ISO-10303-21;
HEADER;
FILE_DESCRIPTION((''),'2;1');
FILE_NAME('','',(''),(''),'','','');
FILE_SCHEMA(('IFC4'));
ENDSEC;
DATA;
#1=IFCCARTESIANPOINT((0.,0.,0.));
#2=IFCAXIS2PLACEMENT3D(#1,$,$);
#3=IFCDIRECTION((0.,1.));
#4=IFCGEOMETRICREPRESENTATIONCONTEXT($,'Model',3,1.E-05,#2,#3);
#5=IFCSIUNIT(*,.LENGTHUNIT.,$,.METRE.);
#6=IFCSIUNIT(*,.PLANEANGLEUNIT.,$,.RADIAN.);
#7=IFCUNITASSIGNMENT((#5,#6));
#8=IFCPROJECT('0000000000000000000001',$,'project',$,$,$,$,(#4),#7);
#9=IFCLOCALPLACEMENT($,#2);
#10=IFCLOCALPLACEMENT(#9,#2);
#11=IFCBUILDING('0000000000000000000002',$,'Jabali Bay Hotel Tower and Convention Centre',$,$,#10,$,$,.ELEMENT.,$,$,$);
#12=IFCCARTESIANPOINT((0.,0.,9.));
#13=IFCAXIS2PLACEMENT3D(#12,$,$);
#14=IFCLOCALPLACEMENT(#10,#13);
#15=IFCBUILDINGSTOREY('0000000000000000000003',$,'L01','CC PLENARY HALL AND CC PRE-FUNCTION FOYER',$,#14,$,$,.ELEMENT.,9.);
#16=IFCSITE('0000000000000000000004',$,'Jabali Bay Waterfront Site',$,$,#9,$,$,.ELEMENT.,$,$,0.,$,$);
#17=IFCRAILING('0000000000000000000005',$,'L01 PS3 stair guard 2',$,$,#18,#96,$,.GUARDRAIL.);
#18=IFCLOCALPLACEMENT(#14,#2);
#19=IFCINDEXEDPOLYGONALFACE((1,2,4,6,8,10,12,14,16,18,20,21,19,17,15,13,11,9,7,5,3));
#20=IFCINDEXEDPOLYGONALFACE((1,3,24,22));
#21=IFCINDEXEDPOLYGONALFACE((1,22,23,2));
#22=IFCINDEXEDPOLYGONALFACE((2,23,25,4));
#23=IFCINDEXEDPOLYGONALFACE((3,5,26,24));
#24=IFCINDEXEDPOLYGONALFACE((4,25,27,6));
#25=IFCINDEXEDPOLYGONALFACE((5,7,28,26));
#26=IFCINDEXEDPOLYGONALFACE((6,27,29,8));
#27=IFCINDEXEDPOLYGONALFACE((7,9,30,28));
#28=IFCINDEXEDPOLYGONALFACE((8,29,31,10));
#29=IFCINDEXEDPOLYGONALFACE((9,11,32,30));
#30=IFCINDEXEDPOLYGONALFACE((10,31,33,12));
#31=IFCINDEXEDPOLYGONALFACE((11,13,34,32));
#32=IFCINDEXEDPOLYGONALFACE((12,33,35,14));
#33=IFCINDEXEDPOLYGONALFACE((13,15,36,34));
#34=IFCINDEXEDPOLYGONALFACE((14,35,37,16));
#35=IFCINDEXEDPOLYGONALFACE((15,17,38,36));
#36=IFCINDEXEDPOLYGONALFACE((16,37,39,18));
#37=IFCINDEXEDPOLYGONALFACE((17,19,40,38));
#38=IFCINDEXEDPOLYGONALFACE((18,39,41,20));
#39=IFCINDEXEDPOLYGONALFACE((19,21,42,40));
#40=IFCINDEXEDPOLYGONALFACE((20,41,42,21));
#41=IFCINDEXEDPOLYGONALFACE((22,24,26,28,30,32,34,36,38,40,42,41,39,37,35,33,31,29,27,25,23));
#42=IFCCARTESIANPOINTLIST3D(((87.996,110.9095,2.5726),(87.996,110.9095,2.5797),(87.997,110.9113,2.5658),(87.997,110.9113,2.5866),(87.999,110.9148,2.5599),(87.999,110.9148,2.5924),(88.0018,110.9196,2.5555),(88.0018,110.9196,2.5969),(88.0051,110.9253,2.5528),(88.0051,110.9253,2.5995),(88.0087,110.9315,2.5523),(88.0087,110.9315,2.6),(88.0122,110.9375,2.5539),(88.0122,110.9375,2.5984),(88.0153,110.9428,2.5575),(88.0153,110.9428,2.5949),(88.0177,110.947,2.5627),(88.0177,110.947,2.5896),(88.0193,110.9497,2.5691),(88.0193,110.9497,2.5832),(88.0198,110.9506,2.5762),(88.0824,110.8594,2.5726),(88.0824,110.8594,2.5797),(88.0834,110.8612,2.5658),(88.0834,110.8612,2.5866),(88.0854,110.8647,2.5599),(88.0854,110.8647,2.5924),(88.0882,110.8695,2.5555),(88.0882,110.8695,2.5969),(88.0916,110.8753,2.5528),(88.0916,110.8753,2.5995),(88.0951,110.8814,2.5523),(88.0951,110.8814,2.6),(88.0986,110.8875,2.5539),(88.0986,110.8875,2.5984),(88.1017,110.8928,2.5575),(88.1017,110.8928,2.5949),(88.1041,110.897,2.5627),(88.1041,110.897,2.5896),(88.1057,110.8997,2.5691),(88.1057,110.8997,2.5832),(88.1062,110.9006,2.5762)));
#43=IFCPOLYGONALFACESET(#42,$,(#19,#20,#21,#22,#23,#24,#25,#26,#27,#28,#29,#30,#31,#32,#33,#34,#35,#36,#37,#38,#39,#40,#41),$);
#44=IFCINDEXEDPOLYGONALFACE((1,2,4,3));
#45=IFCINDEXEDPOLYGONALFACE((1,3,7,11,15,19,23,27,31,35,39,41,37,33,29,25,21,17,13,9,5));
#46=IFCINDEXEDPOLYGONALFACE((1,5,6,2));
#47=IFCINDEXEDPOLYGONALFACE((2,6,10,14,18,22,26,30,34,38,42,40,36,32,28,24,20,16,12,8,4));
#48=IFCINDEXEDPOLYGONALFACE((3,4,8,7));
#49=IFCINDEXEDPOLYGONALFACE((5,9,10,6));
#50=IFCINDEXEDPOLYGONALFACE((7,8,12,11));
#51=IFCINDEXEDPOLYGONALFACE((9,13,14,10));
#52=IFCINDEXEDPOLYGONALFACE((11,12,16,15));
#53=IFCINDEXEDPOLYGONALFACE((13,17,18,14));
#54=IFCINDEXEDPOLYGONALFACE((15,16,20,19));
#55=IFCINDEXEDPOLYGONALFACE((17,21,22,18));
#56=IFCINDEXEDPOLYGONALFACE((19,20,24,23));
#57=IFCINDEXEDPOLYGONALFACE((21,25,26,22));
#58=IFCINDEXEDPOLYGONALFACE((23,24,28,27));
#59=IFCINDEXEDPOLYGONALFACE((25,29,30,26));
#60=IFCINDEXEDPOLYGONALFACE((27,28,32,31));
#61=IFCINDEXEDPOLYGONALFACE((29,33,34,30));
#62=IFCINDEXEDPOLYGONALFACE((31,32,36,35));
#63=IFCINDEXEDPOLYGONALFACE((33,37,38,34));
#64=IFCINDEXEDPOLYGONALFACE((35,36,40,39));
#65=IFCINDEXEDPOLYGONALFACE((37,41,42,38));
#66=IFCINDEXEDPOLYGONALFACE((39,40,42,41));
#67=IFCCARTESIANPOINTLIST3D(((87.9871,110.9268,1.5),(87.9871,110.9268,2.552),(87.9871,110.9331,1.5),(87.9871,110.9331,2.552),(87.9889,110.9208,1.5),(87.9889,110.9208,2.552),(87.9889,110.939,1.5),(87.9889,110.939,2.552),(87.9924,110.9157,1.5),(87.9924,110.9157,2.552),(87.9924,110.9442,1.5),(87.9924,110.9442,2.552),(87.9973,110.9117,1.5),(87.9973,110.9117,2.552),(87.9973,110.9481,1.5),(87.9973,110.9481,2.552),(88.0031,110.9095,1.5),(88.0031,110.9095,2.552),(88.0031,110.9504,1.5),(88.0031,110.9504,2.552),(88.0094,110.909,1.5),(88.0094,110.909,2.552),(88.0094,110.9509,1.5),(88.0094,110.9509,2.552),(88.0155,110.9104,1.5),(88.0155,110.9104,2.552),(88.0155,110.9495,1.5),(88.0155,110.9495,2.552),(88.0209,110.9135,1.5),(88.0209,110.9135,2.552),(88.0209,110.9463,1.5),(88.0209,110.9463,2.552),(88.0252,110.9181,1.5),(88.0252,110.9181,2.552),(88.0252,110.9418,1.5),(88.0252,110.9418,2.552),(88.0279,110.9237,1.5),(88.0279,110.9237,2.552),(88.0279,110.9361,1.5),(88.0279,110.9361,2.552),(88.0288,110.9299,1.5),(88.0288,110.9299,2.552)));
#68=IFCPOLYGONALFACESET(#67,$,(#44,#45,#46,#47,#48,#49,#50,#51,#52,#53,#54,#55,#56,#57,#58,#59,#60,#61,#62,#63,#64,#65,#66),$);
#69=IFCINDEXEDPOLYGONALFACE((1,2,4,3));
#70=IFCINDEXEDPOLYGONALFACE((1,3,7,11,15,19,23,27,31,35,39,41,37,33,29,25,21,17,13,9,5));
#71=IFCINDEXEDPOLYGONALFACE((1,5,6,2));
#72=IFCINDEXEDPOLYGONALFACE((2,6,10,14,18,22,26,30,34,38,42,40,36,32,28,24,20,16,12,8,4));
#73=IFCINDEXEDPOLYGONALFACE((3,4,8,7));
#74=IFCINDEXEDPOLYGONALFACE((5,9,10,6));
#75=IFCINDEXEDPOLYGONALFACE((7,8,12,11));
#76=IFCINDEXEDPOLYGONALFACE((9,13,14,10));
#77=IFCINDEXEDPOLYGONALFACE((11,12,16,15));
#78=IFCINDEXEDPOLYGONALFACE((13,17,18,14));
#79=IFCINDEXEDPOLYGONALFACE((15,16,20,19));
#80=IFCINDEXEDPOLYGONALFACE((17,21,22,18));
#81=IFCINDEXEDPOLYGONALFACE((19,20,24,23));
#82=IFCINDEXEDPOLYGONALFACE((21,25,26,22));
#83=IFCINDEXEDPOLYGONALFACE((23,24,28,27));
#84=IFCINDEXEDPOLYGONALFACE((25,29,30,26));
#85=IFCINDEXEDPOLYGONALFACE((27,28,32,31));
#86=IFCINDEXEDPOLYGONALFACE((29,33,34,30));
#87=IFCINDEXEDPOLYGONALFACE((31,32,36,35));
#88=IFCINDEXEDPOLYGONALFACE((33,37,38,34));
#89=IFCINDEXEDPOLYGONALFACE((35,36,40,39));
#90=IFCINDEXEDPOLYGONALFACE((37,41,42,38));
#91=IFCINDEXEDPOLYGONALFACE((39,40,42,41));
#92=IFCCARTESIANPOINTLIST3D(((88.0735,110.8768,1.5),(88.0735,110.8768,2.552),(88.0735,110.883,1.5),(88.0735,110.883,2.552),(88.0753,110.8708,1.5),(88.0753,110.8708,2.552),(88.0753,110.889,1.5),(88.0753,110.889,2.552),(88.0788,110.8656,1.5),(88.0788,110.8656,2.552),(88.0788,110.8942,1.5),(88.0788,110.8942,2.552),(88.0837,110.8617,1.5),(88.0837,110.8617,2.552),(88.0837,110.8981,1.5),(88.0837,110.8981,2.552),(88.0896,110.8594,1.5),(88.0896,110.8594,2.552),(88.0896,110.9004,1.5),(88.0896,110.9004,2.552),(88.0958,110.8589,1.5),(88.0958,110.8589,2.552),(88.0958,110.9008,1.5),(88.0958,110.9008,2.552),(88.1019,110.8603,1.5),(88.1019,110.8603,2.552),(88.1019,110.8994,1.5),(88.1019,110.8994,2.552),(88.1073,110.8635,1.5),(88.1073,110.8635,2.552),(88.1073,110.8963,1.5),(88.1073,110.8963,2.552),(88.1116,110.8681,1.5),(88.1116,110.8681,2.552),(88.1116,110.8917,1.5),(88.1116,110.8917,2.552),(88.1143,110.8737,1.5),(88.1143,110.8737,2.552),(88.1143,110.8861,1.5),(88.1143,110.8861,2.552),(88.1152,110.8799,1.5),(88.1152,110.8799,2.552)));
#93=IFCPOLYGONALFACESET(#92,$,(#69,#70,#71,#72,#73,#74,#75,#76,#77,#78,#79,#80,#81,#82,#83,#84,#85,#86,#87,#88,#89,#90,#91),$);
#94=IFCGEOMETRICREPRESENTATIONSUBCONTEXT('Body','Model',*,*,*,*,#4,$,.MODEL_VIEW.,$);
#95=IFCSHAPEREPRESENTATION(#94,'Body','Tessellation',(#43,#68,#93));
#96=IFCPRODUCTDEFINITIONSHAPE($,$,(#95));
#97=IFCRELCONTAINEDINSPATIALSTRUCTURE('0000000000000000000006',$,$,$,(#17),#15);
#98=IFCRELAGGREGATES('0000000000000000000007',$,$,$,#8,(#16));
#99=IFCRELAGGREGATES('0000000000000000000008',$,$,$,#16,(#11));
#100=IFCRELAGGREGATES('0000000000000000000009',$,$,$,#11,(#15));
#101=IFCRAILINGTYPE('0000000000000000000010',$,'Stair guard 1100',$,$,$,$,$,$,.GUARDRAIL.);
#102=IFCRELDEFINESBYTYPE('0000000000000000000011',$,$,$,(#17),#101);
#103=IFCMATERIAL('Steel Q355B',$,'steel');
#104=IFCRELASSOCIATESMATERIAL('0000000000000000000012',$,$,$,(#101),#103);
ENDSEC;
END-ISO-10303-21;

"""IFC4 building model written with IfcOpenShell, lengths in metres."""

from ifc_helpers import new_model, si_unit, direction, frame, origin, origin_2d, place, context, subcontext, project, spatial, circle, extrude, material, type_object, element, save


model = new_model("IFC4")

# Units and contexts
model_context = context("Model", 3, precision=1e-05, world=origin(), true_north=direction((0.0, 1.0)))
body_context = subcontext(model_context, "Body", "Model", "MODEL_VIEW")
ifc_project = project(units=[si_unit("LENGTHUNIT", "METRE"), si_unit("PLANEANGLEUNIT", "RADIAN")], contexts=[model_context])

# Site, building, storey
site_placement = place(None, origin())
site = spatial("IfcSite", under=ifc_project, at=site_placement, Name="Jabali Bay Waterfront Site", CompositionType="ELEMENT", RefElevation=0.0)
building_placement = place(site_placement, origin())
building = spatial("IfcBuilding", under=site, at=building_placement, Name="Jabali Bay Hotel Tower and Convention Centre", CompositionType="ELEMENT")
storey_placement = place(building_placement, frame((0.0, 0.0, 9.0)))
storey = spatial("IfcBuildingStorey", under=building, at=storey_placement, Name="L01", Description="CC PLENARY HALL AND CC PRE-FUNCTION FOYER", CompositionType="ELEMENT", Elevation=9.0)

# Railing
ifc_material_1 = material(Name="Steel Q355B", Category="steel")
railing_type_1 = type_object("IfcRailingType", Name="Stair guard 1100", PredefinedType="GUARDRAIL", material=ifc_material_1)
railing_1_placement = place(storey_placement, frame((88.0078, 110.9299, 1.5)))
element("IfcRailing", 1, at=railing_1_placement, inside=storey, type_object=railing_type_1, Name="L01 PS3 stair guard 2", PredefinedType="GUARDRAIL", context=body_context, shape_type="SweptSolid", body=[
    extrude(circle(Radius=0.0239, at=origin_2d()), frame((0.0, 0.0, 1.0762), z_axis=(0.86537, -0.501133, 0.0), x_axis=(0.501133, 0.86537, 0.0)), (0.0, 0.0, 1.0), 0.0999),
    extrude(circle(Radius=0.021, at=origin_2d()), origin(), (0.0, 0.0, 1.0), 1.052),
    extrude(circle(Radius=0.021, at=origin_2d()), frame((0.0864, -0.05, 0.0)), (0.0, 0.0, 1.0), 1.052),
])

save(model, "model.ifc")
